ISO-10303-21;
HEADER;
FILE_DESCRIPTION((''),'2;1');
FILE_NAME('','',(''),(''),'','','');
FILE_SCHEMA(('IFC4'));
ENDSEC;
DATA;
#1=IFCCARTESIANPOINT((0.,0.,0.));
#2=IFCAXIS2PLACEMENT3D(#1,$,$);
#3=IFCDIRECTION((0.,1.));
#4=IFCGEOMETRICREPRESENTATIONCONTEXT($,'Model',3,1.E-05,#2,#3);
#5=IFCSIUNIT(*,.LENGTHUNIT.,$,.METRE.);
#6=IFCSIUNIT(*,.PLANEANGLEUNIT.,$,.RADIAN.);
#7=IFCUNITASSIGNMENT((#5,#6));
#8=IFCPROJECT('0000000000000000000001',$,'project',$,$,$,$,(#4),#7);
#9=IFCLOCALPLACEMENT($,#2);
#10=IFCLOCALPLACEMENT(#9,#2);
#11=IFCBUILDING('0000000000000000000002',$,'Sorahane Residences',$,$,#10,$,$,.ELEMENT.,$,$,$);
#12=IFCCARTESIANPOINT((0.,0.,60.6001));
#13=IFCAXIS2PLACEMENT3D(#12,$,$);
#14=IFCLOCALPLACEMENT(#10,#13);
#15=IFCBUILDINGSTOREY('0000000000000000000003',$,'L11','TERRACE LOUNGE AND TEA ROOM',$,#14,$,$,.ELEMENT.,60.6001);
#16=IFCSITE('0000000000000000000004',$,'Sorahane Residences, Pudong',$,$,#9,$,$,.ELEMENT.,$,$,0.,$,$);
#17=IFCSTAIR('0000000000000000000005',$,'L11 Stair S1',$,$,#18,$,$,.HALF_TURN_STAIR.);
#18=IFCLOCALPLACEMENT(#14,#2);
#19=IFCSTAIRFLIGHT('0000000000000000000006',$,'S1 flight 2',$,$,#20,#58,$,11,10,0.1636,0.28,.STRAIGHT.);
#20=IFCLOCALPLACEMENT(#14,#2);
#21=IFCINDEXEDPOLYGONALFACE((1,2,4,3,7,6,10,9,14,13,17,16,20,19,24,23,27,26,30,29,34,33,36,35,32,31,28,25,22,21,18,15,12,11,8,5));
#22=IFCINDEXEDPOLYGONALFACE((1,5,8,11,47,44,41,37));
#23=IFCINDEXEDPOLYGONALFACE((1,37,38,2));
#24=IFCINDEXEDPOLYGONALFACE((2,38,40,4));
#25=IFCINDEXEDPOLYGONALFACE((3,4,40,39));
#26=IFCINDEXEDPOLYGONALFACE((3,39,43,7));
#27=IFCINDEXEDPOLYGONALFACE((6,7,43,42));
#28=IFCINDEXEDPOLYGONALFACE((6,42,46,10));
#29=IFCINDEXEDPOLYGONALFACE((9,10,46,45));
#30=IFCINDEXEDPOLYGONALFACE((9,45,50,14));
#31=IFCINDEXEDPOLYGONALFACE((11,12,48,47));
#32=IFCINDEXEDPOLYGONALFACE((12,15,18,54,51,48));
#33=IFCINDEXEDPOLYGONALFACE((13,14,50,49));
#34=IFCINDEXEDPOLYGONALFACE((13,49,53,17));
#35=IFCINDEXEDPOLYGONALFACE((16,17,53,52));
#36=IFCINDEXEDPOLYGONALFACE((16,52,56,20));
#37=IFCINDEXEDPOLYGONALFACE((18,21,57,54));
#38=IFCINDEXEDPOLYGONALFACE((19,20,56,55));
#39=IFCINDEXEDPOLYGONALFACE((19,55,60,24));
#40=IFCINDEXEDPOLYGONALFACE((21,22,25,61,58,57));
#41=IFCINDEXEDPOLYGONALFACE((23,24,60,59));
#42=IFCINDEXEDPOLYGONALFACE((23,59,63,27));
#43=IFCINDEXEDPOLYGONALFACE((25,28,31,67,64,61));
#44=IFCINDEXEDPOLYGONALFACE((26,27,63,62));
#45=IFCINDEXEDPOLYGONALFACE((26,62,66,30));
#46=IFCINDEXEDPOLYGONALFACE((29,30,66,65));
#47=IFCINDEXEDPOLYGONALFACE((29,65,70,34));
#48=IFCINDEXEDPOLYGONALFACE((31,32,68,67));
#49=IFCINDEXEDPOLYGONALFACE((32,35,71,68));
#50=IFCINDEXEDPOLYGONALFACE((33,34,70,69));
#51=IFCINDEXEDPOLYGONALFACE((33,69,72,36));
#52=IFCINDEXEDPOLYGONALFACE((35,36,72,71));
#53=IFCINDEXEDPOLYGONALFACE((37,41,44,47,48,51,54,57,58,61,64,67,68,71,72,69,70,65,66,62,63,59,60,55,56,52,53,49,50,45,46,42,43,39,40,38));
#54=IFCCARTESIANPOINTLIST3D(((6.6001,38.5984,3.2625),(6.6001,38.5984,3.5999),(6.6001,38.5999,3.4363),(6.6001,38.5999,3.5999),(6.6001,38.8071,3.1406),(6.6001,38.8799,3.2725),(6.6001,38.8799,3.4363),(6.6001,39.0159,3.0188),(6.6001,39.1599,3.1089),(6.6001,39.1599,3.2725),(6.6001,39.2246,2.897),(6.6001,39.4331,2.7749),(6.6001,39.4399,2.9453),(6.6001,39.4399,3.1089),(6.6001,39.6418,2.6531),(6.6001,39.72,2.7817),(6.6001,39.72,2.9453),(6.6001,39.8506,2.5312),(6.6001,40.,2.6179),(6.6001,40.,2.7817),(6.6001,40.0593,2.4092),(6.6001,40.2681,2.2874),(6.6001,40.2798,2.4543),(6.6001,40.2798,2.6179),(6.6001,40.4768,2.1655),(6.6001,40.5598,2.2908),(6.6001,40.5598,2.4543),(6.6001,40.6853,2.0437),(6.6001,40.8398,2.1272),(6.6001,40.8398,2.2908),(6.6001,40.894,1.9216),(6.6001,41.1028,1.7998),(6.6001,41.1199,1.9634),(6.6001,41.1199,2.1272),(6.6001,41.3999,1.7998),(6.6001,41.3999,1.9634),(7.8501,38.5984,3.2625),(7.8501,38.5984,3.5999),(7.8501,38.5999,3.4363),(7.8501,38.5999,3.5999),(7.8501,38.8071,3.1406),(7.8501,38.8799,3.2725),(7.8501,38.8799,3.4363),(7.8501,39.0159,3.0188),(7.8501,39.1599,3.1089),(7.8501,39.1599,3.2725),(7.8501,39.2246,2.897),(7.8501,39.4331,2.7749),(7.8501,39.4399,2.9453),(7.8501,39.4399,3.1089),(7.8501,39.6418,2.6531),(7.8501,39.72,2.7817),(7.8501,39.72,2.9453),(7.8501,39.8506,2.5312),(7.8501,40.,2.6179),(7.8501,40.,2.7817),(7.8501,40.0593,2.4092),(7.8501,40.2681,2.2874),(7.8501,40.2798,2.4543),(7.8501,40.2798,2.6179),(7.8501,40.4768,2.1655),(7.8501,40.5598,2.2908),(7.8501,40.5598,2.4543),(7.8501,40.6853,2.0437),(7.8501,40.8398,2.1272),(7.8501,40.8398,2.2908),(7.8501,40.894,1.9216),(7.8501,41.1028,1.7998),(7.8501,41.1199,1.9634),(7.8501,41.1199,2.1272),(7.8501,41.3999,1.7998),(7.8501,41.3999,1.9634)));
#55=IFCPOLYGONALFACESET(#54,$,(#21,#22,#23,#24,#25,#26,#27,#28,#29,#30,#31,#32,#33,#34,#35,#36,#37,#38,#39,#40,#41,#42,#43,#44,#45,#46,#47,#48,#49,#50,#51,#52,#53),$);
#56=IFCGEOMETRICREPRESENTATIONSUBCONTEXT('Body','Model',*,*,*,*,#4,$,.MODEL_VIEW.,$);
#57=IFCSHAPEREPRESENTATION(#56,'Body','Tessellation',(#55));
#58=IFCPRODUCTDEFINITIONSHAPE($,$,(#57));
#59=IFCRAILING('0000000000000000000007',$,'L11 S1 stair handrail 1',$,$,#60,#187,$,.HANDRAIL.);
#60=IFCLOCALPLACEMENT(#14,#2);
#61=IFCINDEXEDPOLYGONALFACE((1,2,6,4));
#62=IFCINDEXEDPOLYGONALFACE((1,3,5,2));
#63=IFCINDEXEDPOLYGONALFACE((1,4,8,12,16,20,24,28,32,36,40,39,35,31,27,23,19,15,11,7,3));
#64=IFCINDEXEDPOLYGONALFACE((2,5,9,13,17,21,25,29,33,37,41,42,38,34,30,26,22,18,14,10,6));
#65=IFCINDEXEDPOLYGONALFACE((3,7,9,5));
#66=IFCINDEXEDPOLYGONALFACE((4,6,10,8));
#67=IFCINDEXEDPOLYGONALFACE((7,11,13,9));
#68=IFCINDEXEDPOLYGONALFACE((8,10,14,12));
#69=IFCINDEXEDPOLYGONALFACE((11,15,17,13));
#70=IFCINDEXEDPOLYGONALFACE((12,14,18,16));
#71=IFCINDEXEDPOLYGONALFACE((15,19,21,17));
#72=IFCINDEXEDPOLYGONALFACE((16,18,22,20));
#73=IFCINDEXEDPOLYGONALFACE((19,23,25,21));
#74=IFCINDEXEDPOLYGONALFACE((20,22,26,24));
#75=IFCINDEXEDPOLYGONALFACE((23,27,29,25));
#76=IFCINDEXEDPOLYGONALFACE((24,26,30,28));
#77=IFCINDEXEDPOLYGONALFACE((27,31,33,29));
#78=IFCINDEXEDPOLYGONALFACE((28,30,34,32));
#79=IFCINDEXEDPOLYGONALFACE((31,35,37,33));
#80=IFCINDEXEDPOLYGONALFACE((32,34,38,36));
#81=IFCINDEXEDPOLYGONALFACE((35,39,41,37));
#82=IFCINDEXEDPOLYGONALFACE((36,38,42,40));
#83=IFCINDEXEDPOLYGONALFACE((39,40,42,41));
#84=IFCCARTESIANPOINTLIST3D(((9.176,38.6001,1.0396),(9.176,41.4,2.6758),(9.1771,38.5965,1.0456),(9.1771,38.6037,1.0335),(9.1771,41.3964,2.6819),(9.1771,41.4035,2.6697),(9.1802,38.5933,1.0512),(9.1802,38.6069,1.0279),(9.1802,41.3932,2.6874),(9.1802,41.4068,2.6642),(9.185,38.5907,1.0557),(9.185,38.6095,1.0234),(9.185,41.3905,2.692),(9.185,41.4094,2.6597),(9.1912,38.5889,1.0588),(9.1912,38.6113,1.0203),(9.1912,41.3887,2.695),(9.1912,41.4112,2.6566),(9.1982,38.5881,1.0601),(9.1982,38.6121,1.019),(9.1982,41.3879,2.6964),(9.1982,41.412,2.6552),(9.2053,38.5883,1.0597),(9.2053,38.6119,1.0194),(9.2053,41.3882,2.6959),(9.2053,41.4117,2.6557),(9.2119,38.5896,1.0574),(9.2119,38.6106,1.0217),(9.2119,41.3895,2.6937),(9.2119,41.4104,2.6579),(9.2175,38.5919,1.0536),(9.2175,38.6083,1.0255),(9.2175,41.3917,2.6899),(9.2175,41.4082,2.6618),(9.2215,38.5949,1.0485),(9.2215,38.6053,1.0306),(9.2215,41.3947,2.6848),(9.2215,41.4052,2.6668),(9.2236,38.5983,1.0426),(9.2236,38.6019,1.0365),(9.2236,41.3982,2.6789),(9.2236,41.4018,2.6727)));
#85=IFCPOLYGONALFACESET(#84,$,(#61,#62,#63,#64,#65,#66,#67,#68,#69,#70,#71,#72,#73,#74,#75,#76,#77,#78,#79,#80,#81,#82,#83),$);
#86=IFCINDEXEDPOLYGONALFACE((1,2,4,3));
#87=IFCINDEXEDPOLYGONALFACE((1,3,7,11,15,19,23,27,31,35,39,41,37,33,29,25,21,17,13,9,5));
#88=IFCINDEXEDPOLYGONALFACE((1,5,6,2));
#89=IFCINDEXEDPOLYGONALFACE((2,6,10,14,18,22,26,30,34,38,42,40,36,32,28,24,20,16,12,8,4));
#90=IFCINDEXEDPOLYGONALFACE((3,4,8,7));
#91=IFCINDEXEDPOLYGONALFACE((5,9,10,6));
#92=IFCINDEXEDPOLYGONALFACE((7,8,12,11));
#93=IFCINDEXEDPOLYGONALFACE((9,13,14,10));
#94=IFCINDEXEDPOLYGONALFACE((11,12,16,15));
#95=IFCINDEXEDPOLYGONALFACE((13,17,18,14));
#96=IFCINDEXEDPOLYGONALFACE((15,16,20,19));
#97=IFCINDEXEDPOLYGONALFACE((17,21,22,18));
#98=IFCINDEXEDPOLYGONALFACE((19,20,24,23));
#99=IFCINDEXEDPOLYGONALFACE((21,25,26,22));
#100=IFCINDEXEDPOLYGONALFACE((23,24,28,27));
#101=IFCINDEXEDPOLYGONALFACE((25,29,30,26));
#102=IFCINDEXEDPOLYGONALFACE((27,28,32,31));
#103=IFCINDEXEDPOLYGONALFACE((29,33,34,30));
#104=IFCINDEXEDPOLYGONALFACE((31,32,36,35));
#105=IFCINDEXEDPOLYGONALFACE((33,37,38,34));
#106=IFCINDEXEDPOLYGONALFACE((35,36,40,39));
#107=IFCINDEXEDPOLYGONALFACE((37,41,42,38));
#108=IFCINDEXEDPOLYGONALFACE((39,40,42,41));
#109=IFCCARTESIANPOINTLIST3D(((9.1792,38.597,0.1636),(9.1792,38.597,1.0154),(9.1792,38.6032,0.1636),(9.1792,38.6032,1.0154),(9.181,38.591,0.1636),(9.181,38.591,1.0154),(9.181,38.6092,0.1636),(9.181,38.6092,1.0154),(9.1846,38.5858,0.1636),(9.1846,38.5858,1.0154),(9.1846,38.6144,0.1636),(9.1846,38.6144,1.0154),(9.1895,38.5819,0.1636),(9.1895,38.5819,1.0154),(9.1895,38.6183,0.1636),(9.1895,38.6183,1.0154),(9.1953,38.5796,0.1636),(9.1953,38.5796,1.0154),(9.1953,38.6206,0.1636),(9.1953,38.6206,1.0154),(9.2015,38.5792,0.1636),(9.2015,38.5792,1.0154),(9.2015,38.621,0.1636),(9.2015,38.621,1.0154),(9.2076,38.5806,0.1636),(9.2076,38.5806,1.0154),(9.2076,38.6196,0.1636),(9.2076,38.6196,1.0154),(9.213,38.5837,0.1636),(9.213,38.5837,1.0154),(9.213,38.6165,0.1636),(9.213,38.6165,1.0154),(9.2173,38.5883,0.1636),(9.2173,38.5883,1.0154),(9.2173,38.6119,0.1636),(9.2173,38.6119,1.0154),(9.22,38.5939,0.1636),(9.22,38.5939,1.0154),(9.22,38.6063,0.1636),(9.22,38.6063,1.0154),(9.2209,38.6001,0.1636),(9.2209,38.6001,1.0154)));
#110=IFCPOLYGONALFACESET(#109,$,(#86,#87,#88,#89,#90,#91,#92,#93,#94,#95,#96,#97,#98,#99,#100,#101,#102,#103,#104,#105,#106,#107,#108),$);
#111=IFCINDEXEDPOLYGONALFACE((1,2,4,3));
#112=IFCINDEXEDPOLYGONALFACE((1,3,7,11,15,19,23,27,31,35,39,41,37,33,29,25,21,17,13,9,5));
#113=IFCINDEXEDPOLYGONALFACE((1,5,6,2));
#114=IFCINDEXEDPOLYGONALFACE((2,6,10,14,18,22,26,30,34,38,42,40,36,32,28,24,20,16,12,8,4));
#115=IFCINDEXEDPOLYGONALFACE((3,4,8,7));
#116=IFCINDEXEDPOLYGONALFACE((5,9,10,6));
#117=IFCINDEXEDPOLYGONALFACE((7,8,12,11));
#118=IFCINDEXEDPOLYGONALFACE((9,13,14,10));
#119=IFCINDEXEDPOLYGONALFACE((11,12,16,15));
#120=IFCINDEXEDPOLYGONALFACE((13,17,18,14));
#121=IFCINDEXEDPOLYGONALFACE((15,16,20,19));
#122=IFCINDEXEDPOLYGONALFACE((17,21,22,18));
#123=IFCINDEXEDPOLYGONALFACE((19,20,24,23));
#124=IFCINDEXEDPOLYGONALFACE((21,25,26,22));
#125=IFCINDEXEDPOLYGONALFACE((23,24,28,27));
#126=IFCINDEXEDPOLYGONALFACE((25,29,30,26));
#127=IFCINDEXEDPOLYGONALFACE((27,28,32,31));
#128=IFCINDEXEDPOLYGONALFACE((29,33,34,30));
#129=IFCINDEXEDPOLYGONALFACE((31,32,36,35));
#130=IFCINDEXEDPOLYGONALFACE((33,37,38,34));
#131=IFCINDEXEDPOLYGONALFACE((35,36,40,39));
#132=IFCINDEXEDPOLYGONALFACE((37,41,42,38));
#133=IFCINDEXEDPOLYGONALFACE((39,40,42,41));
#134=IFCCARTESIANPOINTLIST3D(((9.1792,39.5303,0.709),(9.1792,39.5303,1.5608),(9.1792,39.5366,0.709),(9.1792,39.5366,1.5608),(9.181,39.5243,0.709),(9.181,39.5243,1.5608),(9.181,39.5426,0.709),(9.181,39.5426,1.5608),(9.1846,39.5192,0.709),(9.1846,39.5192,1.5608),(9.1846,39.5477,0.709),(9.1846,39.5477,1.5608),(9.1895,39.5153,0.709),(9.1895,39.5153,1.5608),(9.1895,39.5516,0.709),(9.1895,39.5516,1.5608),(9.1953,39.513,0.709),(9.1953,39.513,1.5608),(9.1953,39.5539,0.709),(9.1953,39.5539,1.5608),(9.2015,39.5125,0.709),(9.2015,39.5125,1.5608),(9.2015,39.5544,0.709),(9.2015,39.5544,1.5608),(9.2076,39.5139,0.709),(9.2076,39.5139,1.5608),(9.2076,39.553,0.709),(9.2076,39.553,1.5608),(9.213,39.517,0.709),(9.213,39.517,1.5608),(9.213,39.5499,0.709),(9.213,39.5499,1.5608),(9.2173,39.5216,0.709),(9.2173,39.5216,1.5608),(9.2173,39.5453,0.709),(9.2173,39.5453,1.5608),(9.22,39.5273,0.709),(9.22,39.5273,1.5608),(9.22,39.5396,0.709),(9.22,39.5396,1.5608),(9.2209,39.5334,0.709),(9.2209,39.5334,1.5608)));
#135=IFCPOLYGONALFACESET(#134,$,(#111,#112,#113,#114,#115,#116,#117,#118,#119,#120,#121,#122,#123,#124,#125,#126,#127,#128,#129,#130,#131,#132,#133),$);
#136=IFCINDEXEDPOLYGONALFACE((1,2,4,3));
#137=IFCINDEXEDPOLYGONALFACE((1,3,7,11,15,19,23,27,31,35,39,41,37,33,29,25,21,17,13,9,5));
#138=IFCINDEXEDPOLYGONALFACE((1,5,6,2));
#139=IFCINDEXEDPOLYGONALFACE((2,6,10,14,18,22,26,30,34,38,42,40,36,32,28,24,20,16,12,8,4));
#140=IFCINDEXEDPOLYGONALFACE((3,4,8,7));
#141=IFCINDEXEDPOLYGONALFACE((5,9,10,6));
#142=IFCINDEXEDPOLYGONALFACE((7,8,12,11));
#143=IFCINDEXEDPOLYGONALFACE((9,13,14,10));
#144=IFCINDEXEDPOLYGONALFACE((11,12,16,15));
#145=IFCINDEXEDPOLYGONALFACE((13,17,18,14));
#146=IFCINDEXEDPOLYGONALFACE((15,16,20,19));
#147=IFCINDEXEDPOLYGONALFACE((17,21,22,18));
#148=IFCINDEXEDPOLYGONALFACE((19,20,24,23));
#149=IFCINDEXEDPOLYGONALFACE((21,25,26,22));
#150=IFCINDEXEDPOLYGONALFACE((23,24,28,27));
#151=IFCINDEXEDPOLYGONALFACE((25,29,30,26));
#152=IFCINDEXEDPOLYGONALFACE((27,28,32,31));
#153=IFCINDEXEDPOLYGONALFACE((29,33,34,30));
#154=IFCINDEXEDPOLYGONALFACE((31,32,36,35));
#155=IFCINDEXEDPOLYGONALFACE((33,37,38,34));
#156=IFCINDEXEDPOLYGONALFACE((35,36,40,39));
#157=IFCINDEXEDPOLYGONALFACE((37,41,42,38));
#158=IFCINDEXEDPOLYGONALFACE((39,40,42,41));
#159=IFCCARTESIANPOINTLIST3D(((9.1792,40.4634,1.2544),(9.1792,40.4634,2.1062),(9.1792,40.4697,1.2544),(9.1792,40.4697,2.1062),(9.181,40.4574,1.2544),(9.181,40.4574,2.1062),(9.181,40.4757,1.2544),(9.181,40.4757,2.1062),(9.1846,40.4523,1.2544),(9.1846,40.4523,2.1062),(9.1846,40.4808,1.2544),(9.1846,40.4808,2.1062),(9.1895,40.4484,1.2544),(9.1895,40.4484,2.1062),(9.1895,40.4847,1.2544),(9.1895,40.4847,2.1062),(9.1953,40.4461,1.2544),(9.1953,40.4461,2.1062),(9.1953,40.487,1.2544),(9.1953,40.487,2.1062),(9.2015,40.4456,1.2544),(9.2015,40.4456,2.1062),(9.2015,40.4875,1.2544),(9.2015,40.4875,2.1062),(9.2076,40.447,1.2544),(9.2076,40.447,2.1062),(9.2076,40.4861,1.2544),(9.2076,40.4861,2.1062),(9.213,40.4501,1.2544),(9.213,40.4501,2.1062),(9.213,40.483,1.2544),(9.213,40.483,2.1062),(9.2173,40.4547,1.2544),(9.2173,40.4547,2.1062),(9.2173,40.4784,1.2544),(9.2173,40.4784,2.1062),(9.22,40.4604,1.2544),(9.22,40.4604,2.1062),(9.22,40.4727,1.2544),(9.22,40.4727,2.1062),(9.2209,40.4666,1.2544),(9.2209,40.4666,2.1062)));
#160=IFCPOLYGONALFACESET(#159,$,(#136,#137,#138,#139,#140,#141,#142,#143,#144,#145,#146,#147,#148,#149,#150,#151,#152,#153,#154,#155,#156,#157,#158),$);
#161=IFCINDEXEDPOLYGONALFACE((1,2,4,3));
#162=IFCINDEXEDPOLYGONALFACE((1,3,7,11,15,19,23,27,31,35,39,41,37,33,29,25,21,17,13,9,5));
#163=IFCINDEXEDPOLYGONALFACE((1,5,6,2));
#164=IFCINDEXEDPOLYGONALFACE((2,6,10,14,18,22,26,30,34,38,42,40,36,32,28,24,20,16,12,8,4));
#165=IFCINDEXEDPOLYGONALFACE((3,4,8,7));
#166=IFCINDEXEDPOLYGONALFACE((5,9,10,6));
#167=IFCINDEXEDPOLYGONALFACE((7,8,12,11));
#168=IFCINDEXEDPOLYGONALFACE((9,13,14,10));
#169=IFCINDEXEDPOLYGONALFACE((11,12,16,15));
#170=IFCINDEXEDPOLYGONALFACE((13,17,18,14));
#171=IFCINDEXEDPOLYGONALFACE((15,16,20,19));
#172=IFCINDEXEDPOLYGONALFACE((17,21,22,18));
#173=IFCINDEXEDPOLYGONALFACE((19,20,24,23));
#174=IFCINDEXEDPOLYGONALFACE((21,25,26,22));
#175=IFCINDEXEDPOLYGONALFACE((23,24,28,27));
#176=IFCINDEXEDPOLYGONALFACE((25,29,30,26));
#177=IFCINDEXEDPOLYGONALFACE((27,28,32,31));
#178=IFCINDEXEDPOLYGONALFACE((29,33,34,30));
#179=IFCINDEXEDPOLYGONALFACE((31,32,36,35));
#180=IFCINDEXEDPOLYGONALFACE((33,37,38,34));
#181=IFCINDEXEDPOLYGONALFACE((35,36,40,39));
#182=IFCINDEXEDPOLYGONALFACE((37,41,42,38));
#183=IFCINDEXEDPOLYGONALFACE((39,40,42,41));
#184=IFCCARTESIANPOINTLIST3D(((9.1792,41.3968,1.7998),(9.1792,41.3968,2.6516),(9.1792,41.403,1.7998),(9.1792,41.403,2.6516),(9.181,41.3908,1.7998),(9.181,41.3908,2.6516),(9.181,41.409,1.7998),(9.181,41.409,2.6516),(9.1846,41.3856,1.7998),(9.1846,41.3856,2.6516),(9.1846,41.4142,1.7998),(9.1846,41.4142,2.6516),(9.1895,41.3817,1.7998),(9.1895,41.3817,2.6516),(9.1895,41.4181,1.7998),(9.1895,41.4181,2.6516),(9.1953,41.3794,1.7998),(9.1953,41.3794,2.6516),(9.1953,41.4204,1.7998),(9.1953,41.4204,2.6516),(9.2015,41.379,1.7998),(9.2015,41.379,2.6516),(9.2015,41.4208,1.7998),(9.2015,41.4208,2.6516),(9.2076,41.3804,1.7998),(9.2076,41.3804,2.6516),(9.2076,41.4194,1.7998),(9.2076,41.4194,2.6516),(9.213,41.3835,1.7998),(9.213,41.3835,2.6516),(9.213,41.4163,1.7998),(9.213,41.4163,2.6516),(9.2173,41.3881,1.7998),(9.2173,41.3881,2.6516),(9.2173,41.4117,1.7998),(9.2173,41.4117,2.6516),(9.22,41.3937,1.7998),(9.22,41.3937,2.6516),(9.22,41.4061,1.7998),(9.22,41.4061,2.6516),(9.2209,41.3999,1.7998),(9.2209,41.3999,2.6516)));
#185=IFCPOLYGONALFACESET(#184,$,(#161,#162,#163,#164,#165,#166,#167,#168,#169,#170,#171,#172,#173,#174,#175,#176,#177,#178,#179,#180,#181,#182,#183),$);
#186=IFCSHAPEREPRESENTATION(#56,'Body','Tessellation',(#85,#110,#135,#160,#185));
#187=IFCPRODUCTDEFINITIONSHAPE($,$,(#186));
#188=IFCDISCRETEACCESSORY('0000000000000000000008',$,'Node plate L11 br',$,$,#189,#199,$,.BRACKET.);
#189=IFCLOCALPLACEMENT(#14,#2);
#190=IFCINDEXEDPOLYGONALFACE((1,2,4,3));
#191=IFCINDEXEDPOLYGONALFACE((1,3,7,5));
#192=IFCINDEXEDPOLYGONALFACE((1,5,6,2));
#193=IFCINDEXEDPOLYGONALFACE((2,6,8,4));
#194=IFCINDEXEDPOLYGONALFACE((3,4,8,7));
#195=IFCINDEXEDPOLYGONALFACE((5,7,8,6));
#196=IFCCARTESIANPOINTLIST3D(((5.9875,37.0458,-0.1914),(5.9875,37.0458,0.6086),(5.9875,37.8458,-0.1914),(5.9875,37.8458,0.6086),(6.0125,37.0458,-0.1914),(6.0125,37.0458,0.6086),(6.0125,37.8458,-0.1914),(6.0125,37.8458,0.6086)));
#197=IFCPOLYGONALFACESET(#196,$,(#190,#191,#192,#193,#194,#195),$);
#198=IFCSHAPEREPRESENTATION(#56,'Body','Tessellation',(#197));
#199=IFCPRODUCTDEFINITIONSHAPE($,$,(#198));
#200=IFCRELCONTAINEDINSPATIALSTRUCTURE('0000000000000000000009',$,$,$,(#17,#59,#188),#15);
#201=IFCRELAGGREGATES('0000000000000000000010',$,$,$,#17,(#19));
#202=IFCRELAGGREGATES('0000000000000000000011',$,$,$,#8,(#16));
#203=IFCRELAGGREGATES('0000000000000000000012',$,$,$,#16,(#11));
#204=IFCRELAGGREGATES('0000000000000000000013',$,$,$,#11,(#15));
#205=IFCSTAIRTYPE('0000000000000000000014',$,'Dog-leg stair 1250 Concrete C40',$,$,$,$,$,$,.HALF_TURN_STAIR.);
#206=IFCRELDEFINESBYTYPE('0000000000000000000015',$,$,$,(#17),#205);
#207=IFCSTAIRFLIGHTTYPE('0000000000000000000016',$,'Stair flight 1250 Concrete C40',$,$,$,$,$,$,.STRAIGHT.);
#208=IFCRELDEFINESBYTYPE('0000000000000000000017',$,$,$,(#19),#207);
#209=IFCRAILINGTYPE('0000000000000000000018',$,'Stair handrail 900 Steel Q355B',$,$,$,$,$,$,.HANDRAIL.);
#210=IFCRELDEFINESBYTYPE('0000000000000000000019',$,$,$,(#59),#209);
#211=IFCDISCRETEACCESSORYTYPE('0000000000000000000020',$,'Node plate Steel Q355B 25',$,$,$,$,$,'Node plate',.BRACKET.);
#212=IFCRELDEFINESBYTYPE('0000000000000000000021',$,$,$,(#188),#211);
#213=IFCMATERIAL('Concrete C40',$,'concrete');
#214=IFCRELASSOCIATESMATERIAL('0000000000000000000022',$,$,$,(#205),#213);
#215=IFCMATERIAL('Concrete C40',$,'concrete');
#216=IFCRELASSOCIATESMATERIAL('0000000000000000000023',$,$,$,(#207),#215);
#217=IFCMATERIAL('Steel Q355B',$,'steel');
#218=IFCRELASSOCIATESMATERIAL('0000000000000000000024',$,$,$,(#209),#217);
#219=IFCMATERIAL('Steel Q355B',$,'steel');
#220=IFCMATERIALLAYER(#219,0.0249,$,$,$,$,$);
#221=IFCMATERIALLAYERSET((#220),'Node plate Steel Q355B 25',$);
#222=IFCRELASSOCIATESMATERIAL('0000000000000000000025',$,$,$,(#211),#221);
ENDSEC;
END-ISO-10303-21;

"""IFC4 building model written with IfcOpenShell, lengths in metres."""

from ifc_helpers import new_model, si_unit, direction, frame, origin, origin_2d, place, context, subcontext, project, spatial, polyline, rectangle, circle, outline, extrude, material, layer, layer_set, type_object, element, aggregate, save


model = new_model("IFC4")

# Units and contexts
model_context = context("Model", 3, precision=1e-05, world=origin(), true_north=direction((0.0, 1.0)))
body_context = subcontext(model_context, "Body", "Model", "MODEL_VIEW")
ifc_project = project(units=[si_unit("LENGTHUNIT", "METRE"), si_unit("PLANEANGLEUNIT", "RADIAN")], contexts=[model_context])

# Site, building, storey
site_placement = place(None, origin())
site = spatial("IfcSite", under=ifc_project, at=site_placement, Name="Sorahane Residences, Pudong", CompositionType="ELEMENT", RefElevation=0.0)
building_placement = place(site_placement, origin())
building = spatial("IfcBuilding", under=site, at=building_placement, Name="Sorahane Residences", CompositionType="ELEMENT")
storey_placement = place(building_placement, frame((0.0, 0.0, 60.6001)))
storey = spatial("IfcBuildingStorey", under=building, at=storey_placement, Name="L11", Description="TERRACE LOUNGE AND TEA ROOM", CompositionType="ELEMENT", Elevation=60.6001)

# Stair, stair flight
ifc_material_1 = material(Name="Concrete C40", Category="concrete")
stair_type = type_object("IfcStairType", Name="Dog-leg stair 1250 Concrete C40", PredefinedType="HALF_TURN_STAIR", material=ifc_material_1)
stair_placement = place(storey_placement, origin())
stair = element("IfcStair", 1, at=stair_placement, inside=storey, type_object=stair_type, Name="L11 Stair S1", PredefinedType="HALF_TURN_STAIR")
ifc_material_2 = material(Name="Concrete C40", Category="concrete")
stair_flight_type = type_object("IfcStairFlightType", Name="Stair flight 1250 Concrete C40", PredefinedType="STRAIGHT", material=ifc_material_2)
stair_flight_1_placement = place(storey_placement, frame((7.2251, 41.3999, 1.7998), z_axis=(0.0, 0.0, 1.0), x_axis=(0.0, -1.0, 0.0)))
stair_flight_1 = element("IfcStairFlight", 2, at=stair_flight_1_placement, type_object=stair_flight_type, Name="S1 flight 2", NumberOfRisers=11, NumberOfTreads=10, PredefinedType="STRAIGHT", RiserHeight=0.1636, TreadLength=0.28, context=body_context, shape_type="SweptSolid", body=[
    extrude(outline(polyline([(0.0, 0.0), (0.0, 0.1636), (0.28, 0.1636), (0.28, 0.3274), (0.5601, 0.3274), (0.5601, 0.491), (0.8401, 0.491), (0.8401, 0.6545), (1.1201, 0.6545), (1.1201, 0.8181), (1.3999, 0.8181), (1.3999, 0.9819), (1.6799, 0.9819), (1.6799, 1.1455), (1.96, 1.1455), (1.96, 1.3091), (2.24, 1.3091), (2.24, 1.4727), (2.52, 1.4727), (2.52, 1.6365), (2.8, 1.6365), (2.8, 1.8), (2.8015, 1.8), (2.8015, 1.4626), (2.5928, 1.3408), (2.384, 1.219), (2.1753, 1.0972), (1.9668, 0.9751), (1.7581, 0.8533), (1.5493, 0.7314), (1.3406, 0.6094), (1.1318, 0.4875), (0.9231, 0.3657), (0.7146, 0.2439), (0.5059, 0.1218), (0.2971, 0.0), (0.0, 0.0)])), frame((0.0, 0.625, 0.0), z_axis=(0.0, -1.0, 0.0), x_axis=(1.0, 0.0, 0.0)), (0.0, 0.0, 1.0), 1.25),
])
aggregate(stair, [stair_flight_1])

# Railing
ifc_material_3 = material(Name="Steel Q355B", Category="steel")
railing_type_1 = type_object("IfcRailingType", Name="Stair handrail 900 Steel Q355B", PredefinedType="HANDRAIL", material=ifc_material_3)
railing_1_placement = place(storey_placement, frame((9.2, 38.6001, 0.1636)))
element("IfcRailing", 3, at=railing_1_placement, inside=storey, type_object=railing_type_1, Name="L11 S1 stair handrail 1", PredefinedType="HANDRAIL", context=body_context, shape_type="SweptSolid", body=[
    extrude(circle(Radius=0.0239, at=origin_2d()), frame((0.0, 0.0, 0.876), z_axis=(0.0, 0.863374, 0.504564), x_axis=(-1.0, 0.0, 0.0)), (0.0, 0.0, 1.0), 3.2429),
    extrude(circle(Radius=0.021, at=origin_2d()), origin(), (0.0, 0.0, 1.0), 0.8518),
    extrude(circle(Radius=0.021, at=origin_2d()), frame((0.0, 0.9333, 0.5454)), (0.0, 0.0, 1.0), 0.8518),
    extrude(circle(Radius=0.021, at=origin_2d()), frame((0.0, 1.8665, 1.0908)), (0.0, 0.0, 1.0), 0.8518),
    extrude(circle(Radius=0.021, at=origin_2d()), frame((0.0, 2.7998, 1.6362)), (0.0, 0.0, 1.0), 0.8518),
])

# Discrete accessory
ifc_material_4 = material(Name="Steel Q355B", Category="steel")
ifc_layer_1 = layer(ifc_material_4, 0.0249)
ifc_layer_set_1 = layer_set([ifc_layer_1], Name="Node plate Steel Q355B 25")
discrete_accessory_type = type_object("IfcDiscreteAccessoryType", Name="Node plate Steel Q355B 25", ElementType="Node plate", PredefinedType="BRACKET", material=ifc_layer_set_1)
for number, where, z_axis, x_axis, name in (
    (4, (6.0, 37.4458, -0.1914), (0.0, 0.0, 1.0), (0.0, 1.0, 0.0), "Node plate L11 br"),
):
    element("IfcDiscreteAccessory", number, at=place(storey_placement, frame(where, z_axis=z_axis, x_axis=x_axis)), inside=storey, type_object=discrete_accessory_type, Name=name, PredefinedType="BRACKET", context=body_context, shape_type="SweptSolid", body=[
        extrude(rectangle(XDim=0.8, YDim=0.0249, at=origin_2d()), origin(), (0.0, 0.0, 1.0), 0.8),
    ])

save(model, "model.ifc")
